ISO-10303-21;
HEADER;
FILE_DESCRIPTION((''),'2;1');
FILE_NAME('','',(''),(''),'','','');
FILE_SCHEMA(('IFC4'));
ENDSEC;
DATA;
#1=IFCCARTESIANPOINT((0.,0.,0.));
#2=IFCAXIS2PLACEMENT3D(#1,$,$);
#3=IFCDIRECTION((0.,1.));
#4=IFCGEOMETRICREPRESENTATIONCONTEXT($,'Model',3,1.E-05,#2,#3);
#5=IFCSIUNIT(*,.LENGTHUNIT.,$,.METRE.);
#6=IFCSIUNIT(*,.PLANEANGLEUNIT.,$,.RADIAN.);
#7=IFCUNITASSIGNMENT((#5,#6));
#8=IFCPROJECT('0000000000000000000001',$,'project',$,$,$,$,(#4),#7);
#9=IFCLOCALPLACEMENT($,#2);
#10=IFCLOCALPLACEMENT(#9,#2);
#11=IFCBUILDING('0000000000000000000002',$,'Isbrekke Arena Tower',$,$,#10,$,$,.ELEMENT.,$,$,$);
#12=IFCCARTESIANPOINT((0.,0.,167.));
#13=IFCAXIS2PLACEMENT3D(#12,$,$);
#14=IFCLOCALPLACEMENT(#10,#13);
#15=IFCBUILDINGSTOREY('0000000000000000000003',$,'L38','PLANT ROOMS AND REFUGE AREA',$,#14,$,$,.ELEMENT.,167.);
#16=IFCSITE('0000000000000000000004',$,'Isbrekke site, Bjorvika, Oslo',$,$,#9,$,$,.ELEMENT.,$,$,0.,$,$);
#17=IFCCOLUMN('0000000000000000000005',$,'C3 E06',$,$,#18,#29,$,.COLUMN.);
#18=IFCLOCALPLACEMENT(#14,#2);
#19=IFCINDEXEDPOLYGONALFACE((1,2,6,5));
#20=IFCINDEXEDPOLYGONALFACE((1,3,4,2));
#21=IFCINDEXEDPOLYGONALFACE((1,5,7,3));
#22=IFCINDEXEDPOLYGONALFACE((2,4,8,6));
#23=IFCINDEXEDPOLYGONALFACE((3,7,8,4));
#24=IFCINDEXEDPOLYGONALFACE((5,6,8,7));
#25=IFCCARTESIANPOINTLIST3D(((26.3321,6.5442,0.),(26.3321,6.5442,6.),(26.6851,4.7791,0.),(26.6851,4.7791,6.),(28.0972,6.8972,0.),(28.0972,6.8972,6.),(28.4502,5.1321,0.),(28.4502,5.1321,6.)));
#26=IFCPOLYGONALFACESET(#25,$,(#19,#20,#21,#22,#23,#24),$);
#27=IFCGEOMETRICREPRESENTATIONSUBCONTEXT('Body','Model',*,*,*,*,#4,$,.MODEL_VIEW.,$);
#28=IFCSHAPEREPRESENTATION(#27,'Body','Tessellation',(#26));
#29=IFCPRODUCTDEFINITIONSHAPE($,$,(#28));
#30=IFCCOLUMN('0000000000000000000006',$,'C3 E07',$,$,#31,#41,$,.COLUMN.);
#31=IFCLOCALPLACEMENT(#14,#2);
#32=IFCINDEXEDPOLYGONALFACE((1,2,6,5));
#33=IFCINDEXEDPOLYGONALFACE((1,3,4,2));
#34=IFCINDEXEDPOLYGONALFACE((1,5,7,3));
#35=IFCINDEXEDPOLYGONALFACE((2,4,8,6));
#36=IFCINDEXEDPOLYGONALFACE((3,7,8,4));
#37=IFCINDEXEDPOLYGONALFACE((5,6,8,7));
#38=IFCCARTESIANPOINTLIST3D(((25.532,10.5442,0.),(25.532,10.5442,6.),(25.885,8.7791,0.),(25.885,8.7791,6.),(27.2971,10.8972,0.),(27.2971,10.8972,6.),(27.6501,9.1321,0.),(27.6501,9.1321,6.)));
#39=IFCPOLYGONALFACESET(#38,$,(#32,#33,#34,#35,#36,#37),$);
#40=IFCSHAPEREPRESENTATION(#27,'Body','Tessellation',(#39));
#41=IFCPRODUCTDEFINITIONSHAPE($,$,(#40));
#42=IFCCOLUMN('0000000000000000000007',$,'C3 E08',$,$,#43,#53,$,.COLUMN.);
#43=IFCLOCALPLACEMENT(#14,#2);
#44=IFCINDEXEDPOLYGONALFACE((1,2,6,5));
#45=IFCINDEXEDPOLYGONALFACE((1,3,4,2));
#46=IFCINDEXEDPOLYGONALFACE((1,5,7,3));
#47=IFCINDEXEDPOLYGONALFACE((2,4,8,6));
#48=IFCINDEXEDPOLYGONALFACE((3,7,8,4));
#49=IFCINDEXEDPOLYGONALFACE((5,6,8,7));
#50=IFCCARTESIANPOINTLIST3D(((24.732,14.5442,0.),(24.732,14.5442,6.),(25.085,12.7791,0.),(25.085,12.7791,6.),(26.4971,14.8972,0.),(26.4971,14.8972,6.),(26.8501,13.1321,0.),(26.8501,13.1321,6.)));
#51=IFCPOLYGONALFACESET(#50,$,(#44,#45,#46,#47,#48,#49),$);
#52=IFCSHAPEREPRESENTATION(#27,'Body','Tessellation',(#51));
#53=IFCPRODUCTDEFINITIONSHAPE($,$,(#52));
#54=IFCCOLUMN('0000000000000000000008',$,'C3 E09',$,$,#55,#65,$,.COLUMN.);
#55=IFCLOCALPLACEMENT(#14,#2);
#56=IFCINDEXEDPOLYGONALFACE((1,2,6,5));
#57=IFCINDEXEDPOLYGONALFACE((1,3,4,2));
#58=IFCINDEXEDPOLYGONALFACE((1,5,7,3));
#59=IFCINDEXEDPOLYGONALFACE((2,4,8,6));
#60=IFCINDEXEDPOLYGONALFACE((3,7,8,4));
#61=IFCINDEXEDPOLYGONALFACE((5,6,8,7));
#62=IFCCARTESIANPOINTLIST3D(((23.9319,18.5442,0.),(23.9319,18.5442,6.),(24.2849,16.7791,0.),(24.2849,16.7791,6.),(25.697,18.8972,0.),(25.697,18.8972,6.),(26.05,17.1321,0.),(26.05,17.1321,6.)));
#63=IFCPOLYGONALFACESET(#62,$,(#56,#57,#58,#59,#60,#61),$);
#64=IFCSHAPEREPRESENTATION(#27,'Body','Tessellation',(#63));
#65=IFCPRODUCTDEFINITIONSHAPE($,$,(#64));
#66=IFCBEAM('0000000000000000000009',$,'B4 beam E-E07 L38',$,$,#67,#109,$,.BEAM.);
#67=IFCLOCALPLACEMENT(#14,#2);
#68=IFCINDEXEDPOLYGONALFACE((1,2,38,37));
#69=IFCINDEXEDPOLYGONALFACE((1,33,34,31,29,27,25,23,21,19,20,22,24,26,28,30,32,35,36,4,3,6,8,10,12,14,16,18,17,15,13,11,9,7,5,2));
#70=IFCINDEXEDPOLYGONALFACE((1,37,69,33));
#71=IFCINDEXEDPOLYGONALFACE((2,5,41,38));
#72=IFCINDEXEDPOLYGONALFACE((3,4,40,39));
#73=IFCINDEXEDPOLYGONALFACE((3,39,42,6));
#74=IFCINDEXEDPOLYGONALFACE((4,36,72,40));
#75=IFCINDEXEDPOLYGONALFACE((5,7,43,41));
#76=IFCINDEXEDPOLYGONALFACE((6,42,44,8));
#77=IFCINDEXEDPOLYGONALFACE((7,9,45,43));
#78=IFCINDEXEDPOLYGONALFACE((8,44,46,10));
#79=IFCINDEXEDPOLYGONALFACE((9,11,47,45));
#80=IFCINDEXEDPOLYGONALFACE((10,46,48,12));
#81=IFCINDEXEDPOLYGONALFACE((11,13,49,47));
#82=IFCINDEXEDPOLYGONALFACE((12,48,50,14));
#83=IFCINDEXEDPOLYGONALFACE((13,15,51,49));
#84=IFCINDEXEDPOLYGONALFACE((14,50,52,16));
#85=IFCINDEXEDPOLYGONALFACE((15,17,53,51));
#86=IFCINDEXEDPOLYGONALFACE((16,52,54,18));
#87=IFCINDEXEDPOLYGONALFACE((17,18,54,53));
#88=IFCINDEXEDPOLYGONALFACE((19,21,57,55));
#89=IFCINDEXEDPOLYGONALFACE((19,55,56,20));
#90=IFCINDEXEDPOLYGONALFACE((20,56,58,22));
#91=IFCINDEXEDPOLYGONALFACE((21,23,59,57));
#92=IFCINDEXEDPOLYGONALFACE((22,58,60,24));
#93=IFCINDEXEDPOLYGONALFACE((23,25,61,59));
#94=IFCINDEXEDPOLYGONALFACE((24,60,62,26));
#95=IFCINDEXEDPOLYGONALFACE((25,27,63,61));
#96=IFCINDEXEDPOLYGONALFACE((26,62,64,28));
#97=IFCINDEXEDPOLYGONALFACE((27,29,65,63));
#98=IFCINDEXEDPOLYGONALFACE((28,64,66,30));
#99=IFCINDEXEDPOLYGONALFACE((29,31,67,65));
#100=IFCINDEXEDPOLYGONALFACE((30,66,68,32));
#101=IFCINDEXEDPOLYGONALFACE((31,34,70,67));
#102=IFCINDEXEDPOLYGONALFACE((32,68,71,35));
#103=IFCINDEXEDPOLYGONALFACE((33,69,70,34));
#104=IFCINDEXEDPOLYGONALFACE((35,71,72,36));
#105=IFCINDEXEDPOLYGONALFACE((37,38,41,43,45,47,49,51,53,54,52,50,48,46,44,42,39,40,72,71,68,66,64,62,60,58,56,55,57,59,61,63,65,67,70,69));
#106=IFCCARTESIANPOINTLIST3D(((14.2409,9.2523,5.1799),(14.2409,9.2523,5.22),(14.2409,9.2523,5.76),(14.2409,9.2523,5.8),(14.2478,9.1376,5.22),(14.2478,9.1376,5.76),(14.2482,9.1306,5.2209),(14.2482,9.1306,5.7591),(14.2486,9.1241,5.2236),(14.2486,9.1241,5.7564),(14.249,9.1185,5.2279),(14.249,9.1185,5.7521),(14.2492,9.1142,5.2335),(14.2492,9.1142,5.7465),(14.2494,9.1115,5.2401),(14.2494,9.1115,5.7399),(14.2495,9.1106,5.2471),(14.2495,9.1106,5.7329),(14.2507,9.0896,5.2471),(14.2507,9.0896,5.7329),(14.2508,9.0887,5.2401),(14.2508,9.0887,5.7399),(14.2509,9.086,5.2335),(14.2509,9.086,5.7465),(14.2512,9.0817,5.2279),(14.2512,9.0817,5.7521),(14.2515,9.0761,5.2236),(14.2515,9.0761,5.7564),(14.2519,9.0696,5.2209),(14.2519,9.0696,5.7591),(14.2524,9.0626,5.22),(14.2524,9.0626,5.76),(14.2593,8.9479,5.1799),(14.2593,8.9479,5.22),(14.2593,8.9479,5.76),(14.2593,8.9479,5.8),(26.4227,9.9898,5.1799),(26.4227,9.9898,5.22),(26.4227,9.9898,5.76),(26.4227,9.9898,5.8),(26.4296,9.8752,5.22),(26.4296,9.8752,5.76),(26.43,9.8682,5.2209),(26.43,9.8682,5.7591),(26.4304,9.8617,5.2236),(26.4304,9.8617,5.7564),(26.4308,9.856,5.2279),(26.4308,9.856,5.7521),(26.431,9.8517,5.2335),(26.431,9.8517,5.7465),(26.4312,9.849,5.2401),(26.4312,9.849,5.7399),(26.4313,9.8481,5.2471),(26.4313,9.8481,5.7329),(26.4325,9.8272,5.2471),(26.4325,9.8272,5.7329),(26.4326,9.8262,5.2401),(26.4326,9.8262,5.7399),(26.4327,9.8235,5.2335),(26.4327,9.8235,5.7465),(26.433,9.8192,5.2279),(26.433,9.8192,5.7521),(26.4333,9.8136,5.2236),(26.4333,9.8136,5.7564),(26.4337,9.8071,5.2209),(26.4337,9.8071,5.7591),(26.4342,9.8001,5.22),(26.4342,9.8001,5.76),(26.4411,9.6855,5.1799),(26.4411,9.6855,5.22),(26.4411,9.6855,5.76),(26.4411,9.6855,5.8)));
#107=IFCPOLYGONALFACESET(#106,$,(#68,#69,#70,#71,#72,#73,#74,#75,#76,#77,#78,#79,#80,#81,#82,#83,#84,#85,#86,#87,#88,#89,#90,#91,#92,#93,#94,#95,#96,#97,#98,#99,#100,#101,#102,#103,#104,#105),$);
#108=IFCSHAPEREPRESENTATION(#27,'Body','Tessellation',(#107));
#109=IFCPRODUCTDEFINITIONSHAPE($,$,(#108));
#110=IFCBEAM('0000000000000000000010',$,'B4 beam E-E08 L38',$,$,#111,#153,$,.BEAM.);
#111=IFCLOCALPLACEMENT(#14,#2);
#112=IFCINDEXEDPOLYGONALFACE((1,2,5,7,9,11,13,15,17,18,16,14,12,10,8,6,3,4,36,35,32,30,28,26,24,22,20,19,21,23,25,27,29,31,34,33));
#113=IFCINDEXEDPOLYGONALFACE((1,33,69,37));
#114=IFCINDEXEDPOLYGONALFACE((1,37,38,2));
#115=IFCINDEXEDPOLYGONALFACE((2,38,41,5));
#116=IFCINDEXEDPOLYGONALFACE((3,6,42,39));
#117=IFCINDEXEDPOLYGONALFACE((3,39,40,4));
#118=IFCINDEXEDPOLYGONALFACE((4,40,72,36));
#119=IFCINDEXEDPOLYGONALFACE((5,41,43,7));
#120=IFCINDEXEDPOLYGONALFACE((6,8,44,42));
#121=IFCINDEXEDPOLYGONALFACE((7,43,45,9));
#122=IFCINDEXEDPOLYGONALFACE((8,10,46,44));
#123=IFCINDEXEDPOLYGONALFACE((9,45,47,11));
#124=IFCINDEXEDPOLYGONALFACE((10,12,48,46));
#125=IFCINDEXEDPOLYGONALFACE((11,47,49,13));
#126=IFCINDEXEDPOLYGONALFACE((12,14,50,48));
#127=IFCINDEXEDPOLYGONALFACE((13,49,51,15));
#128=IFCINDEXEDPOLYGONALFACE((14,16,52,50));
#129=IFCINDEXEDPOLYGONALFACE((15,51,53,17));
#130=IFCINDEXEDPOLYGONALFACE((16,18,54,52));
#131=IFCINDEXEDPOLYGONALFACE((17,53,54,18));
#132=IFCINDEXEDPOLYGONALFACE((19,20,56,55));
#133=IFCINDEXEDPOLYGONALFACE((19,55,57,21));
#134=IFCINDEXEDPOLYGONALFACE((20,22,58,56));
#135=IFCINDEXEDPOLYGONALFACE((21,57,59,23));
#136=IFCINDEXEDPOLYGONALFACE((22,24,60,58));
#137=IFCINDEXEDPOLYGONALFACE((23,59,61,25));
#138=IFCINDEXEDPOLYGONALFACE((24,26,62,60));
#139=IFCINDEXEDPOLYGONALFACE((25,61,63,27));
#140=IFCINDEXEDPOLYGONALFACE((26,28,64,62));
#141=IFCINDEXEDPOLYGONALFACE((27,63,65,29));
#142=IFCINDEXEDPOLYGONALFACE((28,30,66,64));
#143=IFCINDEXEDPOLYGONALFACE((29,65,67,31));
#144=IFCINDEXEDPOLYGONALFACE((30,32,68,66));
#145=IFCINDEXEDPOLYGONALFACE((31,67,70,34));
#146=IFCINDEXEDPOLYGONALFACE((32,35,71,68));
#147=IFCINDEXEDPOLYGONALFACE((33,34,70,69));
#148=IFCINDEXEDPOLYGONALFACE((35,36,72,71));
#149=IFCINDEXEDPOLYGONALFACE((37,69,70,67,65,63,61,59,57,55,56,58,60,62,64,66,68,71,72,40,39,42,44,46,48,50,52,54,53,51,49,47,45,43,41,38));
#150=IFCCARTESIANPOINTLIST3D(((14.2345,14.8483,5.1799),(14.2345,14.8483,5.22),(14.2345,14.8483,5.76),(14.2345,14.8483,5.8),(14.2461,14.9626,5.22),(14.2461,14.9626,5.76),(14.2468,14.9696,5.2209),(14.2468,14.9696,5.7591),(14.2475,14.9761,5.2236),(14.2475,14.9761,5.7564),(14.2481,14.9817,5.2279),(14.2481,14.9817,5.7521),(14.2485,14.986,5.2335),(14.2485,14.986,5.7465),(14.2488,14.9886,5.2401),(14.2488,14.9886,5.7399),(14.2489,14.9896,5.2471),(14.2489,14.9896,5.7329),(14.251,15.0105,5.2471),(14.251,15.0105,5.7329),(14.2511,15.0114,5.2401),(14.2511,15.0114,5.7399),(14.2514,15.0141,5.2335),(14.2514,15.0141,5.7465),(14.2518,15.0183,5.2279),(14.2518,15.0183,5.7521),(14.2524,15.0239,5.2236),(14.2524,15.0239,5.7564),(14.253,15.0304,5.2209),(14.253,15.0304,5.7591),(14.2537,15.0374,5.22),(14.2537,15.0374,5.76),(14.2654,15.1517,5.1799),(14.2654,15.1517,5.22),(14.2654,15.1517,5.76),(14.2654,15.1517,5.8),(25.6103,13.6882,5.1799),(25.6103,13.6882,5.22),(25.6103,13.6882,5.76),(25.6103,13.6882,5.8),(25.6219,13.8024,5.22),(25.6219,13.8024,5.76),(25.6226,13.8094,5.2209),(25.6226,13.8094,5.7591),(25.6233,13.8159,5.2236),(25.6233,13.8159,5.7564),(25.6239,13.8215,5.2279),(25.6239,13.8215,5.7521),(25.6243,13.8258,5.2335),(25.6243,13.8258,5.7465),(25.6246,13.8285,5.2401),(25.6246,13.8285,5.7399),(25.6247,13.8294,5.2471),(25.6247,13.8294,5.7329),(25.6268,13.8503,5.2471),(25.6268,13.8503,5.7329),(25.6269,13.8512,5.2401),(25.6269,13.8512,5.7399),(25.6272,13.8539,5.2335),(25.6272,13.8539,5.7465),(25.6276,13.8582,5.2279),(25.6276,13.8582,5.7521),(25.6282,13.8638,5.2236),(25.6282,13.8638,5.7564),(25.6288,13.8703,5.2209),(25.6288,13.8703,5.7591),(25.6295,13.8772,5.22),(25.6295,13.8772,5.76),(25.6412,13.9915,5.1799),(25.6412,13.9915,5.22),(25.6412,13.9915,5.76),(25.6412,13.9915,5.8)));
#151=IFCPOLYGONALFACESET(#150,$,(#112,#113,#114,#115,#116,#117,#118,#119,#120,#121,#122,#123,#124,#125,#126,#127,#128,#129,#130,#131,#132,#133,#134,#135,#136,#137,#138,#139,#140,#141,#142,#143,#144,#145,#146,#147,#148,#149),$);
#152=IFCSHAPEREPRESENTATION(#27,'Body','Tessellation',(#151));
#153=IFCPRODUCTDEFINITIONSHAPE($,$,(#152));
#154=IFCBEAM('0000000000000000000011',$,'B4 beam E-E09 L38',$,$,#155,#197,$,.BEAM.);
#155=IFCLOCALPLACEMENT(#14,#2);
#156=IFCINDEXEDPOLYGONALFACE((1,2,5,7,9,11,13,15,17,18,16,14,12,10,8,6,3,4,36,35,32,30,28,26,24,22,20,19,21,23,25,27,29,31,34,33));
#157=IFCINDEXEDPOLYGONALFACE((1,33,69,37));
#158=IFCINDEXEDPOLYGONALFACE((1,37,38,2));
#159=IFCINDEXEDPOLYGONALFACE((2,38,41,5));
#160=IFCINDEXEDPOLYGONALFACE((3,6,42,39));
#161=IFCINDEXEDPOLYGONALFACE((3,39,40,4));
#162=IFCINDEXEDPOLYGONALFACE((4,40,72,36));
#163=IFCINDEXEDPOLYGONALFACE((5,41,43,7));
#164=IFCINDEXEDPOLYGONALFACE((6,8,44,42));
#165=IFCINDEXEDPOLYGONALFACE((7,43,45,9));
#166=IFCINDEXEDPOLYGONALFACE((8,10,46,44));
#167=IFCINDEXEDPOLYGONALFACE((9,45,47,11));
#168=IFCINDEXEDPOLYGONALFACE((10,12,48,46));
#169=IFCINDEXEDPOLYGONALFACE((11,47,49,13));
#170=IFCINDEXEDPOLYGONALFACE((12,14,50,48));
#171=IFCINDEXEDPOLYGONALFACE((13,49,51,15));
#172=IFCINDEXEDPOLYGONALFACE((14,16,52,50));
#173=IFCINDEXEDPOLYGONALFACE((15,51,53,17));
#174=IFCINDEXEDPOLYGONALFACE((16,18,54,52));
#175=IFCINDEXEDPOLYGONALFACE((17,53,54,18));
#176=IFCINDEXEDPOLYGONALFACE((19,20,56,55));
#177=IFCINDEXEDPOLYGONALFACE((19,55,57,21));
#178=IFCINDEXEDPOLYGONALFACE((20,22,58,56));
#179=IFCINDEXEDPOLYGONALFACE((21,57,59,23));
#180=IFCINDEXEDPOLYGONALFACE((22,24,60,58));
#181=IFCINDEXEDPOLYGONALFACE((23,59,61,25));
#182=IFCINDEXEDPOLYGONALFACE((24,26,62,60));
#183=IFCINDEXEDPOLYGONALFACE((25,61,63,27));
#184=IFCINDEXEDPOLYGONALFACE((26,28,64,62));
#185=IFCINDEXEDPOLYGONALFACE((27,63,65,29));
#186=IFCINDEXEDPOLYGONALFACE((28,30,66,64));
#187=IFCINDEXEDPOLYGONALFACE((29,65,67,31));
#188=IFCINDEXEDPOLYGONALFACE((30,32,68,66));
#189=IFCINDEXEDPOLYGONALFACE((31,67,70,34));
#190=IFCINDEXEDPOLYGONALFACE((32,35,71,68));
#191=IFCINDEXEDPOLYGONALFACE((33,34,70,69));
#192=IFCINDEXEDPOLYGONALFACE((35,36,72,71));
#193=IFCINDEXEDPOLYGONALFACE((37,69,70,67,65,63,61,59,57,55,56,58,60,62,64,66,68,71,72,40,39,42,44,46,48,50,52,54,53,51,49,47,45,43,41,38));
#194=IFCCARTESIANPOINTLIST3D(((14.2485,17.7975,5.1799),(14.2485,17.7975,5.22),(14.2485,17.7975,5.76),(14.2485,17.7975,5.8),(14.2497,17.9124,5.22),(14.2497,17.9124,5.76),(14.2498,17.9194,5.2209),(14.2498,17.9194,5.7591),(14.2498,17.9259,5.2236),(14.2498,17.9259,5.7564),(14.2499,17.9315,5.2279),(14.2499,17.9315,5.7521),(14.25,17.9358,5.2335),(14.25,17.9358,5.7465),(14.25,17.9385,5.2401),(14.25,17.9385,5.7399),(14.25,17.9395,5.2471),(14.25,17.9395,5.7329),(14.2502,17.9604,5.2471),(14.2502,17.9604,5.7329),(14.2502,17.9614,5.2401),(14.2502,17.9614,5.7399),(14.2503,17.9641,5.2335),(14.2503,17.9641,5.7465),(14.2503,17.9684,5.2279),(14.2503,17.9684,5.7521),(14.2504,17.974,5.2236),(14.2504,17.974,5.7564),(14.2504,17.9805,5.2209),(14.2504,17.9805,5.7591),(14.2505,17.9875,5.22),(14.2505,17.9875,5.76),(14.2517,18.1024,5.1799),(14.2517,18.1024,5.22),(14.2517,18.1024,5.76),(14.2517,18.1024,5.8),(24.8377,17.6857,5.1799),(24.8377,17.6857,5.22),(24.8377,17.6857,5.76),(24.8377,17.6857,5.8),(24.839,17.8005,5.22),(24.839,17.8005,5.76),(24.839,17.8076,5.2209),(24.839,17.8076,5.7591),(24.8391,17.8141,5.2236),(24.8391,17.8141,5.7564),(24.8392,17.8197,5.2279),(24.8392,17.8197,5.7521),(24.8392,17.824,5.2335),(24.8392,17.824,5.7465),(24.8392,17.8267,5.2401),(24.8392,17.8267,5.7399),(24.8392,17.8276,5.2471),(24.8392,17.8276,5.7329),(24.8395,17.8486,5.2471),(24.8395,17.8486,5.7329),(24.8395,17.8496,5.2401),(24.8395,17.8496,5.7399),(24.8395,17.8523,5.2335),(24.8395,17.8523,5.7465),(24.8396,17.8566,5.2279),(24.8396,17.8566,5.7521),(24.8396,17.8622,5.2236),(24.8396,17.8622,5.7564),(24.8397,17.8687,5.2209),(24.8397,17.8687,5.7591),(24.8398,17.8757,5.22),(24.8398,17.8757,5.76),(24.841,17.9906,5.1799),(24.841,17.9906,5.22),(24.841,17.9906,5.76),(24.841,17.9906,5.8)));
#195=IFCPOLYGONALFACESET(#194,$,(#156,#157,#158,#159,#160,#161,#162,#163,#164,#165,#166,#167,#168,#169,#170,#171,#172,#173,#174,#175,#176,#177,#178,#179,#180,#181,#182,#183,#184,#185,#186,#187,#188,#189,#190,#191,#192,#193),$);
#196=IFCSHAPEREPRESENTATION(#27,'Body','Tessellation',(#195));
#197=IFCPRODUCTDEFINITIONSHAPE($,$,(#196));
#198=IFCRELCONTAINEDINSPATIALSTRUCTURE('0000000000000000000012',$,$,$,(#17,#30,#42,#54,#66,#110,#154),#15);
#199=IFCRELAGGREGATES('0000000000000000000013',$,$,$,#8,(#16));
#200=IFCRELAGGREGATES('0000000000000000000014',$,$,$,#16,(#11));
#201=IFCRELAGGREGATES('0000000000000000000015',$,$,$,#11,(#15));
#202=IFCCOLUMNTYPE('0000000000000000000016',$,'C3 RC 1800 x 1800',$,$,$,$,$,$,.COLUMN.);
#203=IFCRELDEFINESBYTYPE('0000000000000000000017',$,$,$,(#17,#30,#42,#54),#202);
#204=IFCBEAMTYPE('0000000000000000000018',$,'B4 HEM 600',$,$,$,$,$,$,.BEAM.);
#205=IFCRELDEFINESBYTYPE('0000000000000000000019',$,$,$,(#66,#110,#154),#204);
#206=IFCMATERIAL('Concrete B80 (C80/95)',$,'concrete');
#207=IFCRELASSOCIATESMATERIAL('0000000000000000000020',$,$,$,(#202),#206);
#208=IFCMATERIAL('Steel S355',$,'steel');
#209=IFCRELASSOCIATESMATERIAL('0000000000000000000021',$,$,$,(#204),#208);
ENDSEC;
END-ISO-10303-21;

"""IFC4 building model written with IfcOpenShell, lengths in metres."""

from ifc_helpers import new_model, si_unit, direction, frame, origin, origin_2d, place, context, subcontext, project, spatial, rectangle, i_section, extrude, material, material_profile, profile_set, type_object, element, save


model = new_model("IFC4")

# Units and contexts
model_context = context("Model", 3, precision=1e-05, world=origin(), true_north=direction((0.0, 1.0)))
body_context = subcontext(model_context, "Body", "Model", "MODEL_VIEW")
ifc_project = project(units=[si_unit("LENGTHUNIT", "METRE"), si_unit("PLANEANGLEUNIT", "RADIAN")], contexts=[model_context])

# Site, building, storey
site_placement = place(None, origin())
site = spatial("IfcSite", under=ifc_project, at=site_placement, Name="Isbrekke site, Bjorvika, Oslo", CompositionType="ELEMENT", RefElevation=0.0)
building_placement = place(site_placement, origin())
building = spatial("IfcBuilding", under=site, at=building_placement, Name="Isbrekke Arena Tower", CompositionType="ELEMENT")
storey_placement = place(building_placement, frame((0.0, 0.0, 167.0)))
storey = spatial("IfcBuildingStorey", under=building, at=storey_placement, Name="L38", Description="PLANT ROOMS AND REFUGE AREA", CompositionType="ELEMENT", Elevation=167.0)

# Columns
ifc_material_1 = material(Name="Concrete B80 (C80/95)", Category="concrete")
ifc_material_profile_1 = material_profile(ifc_material_1, rectangle(XDim=1.8, YDim=1.8, at=origin_2d()), Name="RC 1800x1800")
ifc_profile_set_1 = profile_set([ifc_material_profile_1], Name="Concrete B80 (C80/95)")
column_type = type_object("IfcColumnType", Name="C3 RC 1800 x 1800", PredefinedType="COLUMN", material=ifc_profile_set_1)
for number, where, z_axis, x_axis, name in (
    (1, (27.3911, 5.8381, 0.0), (0.0, 0.0, 1.0), (-0.196116, 0.980581, 0.0), "C3 E06"),
    (2, (26.5911, 9.8381, 0.0), (0.0, 0.0, 1.0), (-0.196116, 0.980581, 0.0), "C3 E07"),
    (3, (25.791, 13.8381, 0.0), (0.0, 0.0, 1.0), (-0.196116, 0.980581, 0.0), "C3 E08"),
    (4, (24.991, 17.8381, 0.0), (0.0, 0.0, 1.0), (-0.196116, 0.980581, 0.0), "C3 E09"),
):
    element("IfcColumn", number, at=place(storey_placement, frame(where, z_axis=z_axis, x_axis=x_axis)), inside=storey, type_object=column_type, Name=name, PredefinedType="COLUMN", context=body_context, shape_type="SweptSolid", body=[
        extrude(rectangle(XDim=1.8, YDim=1.8, at=origin_2d()), origin(), (0.0, 0.0, 1.0), 6.0),
    ])

# Beams
ifc_material_2 = material(Name="Steel S355", Category="steel")
ifc_material_profile_2 = material_profile(ifc_material_2, i_section(OverallWidth=0.3049, OverallDepth=0.6201, WebThickness=0.021, FlangeThickness=0.04, FilletRadius=0.0271, at=origin_2d()), Name="HEM 600")
ifc_profile_set_2 = profile_set([ifc_material_profile_2], Name="Steel S355")
beam_type_1 = type_object("IfcBeamType", Name="B4 HEM 600", PredefinedType="BEAM", material=ifc_profile_set_2)
beam_1_placement = place(storey_placement, frame((26.4319, 9.8376, 5.49), z_axis=(-0.998172, -0.060434, 0.0), x_axis=(0.060434, -0.998172, 0.0)))
element("IfcBeam", 5, at=beam_1_placement, inside=storey, type_object=beam_type_1, Name="B4 beam E-E07 L38", PredefinedType="BEAM", context=body_context, shape_type="SweptSolid", body=[
    extrude(i_section(OverallWidth=0.3049, OverallDepth=0.6201, WebThickness=0.021, FlangeThickness=0.04, FilletRadius=0.0271, at=origin_2d()), origin(), (0.0, 0.0, 1.0), 12.2041),
])
beam_2_placement = place(storey_placement, frame((25.6257, 13.8398, 5.49), z_axis=(-0.99484, 0.101459, 0.0), x_axis=(-0.101459, -0.99484, 0.0)))
element("IfcBeam", 6, at=beam_2_placement, inside=storey, type_object=beam_type_1, Name="B4 beam E-E08 L38", PredefinedType="BEAM", context=body_context, shape_type="SweptSolid", body=[
    extrude(i_section(OverallWidth=0.3049, OverallDepth=0.6201, WebThickness=0.021, FlangeThickness=0.04, FilletRadius=0.0271, at=origin_2d()), origin(), (0.0, 0.0, 1.0), 11.4348),
])
beam_3_placement = place(storey_placement, frame((24.8394, 17.8381, 5.49), z_axis=(-0.999944, 0.010559, 0.0), x_axis=(-0.010559, -0.999944, 0.0)))
element("IfcBeam", 7, at=beam_3_placement, inside=storey, type_object=beam_type_1, Name="B4 beam E-E09 L38", PredefinedType="BEAM", context=body_context, shape_type="SweptSolid", body=[
    extrude(i_section(OverallWidth=0.3049, OverallDepth=0.6201, WebThickness=0.021, FlangeThickness=0.04, FilletRadius=0.0271, at=origin_2d()), origin(), (0.0, 0.0, 1.0), 10.5898),
])

save(model, "model.ifc")
